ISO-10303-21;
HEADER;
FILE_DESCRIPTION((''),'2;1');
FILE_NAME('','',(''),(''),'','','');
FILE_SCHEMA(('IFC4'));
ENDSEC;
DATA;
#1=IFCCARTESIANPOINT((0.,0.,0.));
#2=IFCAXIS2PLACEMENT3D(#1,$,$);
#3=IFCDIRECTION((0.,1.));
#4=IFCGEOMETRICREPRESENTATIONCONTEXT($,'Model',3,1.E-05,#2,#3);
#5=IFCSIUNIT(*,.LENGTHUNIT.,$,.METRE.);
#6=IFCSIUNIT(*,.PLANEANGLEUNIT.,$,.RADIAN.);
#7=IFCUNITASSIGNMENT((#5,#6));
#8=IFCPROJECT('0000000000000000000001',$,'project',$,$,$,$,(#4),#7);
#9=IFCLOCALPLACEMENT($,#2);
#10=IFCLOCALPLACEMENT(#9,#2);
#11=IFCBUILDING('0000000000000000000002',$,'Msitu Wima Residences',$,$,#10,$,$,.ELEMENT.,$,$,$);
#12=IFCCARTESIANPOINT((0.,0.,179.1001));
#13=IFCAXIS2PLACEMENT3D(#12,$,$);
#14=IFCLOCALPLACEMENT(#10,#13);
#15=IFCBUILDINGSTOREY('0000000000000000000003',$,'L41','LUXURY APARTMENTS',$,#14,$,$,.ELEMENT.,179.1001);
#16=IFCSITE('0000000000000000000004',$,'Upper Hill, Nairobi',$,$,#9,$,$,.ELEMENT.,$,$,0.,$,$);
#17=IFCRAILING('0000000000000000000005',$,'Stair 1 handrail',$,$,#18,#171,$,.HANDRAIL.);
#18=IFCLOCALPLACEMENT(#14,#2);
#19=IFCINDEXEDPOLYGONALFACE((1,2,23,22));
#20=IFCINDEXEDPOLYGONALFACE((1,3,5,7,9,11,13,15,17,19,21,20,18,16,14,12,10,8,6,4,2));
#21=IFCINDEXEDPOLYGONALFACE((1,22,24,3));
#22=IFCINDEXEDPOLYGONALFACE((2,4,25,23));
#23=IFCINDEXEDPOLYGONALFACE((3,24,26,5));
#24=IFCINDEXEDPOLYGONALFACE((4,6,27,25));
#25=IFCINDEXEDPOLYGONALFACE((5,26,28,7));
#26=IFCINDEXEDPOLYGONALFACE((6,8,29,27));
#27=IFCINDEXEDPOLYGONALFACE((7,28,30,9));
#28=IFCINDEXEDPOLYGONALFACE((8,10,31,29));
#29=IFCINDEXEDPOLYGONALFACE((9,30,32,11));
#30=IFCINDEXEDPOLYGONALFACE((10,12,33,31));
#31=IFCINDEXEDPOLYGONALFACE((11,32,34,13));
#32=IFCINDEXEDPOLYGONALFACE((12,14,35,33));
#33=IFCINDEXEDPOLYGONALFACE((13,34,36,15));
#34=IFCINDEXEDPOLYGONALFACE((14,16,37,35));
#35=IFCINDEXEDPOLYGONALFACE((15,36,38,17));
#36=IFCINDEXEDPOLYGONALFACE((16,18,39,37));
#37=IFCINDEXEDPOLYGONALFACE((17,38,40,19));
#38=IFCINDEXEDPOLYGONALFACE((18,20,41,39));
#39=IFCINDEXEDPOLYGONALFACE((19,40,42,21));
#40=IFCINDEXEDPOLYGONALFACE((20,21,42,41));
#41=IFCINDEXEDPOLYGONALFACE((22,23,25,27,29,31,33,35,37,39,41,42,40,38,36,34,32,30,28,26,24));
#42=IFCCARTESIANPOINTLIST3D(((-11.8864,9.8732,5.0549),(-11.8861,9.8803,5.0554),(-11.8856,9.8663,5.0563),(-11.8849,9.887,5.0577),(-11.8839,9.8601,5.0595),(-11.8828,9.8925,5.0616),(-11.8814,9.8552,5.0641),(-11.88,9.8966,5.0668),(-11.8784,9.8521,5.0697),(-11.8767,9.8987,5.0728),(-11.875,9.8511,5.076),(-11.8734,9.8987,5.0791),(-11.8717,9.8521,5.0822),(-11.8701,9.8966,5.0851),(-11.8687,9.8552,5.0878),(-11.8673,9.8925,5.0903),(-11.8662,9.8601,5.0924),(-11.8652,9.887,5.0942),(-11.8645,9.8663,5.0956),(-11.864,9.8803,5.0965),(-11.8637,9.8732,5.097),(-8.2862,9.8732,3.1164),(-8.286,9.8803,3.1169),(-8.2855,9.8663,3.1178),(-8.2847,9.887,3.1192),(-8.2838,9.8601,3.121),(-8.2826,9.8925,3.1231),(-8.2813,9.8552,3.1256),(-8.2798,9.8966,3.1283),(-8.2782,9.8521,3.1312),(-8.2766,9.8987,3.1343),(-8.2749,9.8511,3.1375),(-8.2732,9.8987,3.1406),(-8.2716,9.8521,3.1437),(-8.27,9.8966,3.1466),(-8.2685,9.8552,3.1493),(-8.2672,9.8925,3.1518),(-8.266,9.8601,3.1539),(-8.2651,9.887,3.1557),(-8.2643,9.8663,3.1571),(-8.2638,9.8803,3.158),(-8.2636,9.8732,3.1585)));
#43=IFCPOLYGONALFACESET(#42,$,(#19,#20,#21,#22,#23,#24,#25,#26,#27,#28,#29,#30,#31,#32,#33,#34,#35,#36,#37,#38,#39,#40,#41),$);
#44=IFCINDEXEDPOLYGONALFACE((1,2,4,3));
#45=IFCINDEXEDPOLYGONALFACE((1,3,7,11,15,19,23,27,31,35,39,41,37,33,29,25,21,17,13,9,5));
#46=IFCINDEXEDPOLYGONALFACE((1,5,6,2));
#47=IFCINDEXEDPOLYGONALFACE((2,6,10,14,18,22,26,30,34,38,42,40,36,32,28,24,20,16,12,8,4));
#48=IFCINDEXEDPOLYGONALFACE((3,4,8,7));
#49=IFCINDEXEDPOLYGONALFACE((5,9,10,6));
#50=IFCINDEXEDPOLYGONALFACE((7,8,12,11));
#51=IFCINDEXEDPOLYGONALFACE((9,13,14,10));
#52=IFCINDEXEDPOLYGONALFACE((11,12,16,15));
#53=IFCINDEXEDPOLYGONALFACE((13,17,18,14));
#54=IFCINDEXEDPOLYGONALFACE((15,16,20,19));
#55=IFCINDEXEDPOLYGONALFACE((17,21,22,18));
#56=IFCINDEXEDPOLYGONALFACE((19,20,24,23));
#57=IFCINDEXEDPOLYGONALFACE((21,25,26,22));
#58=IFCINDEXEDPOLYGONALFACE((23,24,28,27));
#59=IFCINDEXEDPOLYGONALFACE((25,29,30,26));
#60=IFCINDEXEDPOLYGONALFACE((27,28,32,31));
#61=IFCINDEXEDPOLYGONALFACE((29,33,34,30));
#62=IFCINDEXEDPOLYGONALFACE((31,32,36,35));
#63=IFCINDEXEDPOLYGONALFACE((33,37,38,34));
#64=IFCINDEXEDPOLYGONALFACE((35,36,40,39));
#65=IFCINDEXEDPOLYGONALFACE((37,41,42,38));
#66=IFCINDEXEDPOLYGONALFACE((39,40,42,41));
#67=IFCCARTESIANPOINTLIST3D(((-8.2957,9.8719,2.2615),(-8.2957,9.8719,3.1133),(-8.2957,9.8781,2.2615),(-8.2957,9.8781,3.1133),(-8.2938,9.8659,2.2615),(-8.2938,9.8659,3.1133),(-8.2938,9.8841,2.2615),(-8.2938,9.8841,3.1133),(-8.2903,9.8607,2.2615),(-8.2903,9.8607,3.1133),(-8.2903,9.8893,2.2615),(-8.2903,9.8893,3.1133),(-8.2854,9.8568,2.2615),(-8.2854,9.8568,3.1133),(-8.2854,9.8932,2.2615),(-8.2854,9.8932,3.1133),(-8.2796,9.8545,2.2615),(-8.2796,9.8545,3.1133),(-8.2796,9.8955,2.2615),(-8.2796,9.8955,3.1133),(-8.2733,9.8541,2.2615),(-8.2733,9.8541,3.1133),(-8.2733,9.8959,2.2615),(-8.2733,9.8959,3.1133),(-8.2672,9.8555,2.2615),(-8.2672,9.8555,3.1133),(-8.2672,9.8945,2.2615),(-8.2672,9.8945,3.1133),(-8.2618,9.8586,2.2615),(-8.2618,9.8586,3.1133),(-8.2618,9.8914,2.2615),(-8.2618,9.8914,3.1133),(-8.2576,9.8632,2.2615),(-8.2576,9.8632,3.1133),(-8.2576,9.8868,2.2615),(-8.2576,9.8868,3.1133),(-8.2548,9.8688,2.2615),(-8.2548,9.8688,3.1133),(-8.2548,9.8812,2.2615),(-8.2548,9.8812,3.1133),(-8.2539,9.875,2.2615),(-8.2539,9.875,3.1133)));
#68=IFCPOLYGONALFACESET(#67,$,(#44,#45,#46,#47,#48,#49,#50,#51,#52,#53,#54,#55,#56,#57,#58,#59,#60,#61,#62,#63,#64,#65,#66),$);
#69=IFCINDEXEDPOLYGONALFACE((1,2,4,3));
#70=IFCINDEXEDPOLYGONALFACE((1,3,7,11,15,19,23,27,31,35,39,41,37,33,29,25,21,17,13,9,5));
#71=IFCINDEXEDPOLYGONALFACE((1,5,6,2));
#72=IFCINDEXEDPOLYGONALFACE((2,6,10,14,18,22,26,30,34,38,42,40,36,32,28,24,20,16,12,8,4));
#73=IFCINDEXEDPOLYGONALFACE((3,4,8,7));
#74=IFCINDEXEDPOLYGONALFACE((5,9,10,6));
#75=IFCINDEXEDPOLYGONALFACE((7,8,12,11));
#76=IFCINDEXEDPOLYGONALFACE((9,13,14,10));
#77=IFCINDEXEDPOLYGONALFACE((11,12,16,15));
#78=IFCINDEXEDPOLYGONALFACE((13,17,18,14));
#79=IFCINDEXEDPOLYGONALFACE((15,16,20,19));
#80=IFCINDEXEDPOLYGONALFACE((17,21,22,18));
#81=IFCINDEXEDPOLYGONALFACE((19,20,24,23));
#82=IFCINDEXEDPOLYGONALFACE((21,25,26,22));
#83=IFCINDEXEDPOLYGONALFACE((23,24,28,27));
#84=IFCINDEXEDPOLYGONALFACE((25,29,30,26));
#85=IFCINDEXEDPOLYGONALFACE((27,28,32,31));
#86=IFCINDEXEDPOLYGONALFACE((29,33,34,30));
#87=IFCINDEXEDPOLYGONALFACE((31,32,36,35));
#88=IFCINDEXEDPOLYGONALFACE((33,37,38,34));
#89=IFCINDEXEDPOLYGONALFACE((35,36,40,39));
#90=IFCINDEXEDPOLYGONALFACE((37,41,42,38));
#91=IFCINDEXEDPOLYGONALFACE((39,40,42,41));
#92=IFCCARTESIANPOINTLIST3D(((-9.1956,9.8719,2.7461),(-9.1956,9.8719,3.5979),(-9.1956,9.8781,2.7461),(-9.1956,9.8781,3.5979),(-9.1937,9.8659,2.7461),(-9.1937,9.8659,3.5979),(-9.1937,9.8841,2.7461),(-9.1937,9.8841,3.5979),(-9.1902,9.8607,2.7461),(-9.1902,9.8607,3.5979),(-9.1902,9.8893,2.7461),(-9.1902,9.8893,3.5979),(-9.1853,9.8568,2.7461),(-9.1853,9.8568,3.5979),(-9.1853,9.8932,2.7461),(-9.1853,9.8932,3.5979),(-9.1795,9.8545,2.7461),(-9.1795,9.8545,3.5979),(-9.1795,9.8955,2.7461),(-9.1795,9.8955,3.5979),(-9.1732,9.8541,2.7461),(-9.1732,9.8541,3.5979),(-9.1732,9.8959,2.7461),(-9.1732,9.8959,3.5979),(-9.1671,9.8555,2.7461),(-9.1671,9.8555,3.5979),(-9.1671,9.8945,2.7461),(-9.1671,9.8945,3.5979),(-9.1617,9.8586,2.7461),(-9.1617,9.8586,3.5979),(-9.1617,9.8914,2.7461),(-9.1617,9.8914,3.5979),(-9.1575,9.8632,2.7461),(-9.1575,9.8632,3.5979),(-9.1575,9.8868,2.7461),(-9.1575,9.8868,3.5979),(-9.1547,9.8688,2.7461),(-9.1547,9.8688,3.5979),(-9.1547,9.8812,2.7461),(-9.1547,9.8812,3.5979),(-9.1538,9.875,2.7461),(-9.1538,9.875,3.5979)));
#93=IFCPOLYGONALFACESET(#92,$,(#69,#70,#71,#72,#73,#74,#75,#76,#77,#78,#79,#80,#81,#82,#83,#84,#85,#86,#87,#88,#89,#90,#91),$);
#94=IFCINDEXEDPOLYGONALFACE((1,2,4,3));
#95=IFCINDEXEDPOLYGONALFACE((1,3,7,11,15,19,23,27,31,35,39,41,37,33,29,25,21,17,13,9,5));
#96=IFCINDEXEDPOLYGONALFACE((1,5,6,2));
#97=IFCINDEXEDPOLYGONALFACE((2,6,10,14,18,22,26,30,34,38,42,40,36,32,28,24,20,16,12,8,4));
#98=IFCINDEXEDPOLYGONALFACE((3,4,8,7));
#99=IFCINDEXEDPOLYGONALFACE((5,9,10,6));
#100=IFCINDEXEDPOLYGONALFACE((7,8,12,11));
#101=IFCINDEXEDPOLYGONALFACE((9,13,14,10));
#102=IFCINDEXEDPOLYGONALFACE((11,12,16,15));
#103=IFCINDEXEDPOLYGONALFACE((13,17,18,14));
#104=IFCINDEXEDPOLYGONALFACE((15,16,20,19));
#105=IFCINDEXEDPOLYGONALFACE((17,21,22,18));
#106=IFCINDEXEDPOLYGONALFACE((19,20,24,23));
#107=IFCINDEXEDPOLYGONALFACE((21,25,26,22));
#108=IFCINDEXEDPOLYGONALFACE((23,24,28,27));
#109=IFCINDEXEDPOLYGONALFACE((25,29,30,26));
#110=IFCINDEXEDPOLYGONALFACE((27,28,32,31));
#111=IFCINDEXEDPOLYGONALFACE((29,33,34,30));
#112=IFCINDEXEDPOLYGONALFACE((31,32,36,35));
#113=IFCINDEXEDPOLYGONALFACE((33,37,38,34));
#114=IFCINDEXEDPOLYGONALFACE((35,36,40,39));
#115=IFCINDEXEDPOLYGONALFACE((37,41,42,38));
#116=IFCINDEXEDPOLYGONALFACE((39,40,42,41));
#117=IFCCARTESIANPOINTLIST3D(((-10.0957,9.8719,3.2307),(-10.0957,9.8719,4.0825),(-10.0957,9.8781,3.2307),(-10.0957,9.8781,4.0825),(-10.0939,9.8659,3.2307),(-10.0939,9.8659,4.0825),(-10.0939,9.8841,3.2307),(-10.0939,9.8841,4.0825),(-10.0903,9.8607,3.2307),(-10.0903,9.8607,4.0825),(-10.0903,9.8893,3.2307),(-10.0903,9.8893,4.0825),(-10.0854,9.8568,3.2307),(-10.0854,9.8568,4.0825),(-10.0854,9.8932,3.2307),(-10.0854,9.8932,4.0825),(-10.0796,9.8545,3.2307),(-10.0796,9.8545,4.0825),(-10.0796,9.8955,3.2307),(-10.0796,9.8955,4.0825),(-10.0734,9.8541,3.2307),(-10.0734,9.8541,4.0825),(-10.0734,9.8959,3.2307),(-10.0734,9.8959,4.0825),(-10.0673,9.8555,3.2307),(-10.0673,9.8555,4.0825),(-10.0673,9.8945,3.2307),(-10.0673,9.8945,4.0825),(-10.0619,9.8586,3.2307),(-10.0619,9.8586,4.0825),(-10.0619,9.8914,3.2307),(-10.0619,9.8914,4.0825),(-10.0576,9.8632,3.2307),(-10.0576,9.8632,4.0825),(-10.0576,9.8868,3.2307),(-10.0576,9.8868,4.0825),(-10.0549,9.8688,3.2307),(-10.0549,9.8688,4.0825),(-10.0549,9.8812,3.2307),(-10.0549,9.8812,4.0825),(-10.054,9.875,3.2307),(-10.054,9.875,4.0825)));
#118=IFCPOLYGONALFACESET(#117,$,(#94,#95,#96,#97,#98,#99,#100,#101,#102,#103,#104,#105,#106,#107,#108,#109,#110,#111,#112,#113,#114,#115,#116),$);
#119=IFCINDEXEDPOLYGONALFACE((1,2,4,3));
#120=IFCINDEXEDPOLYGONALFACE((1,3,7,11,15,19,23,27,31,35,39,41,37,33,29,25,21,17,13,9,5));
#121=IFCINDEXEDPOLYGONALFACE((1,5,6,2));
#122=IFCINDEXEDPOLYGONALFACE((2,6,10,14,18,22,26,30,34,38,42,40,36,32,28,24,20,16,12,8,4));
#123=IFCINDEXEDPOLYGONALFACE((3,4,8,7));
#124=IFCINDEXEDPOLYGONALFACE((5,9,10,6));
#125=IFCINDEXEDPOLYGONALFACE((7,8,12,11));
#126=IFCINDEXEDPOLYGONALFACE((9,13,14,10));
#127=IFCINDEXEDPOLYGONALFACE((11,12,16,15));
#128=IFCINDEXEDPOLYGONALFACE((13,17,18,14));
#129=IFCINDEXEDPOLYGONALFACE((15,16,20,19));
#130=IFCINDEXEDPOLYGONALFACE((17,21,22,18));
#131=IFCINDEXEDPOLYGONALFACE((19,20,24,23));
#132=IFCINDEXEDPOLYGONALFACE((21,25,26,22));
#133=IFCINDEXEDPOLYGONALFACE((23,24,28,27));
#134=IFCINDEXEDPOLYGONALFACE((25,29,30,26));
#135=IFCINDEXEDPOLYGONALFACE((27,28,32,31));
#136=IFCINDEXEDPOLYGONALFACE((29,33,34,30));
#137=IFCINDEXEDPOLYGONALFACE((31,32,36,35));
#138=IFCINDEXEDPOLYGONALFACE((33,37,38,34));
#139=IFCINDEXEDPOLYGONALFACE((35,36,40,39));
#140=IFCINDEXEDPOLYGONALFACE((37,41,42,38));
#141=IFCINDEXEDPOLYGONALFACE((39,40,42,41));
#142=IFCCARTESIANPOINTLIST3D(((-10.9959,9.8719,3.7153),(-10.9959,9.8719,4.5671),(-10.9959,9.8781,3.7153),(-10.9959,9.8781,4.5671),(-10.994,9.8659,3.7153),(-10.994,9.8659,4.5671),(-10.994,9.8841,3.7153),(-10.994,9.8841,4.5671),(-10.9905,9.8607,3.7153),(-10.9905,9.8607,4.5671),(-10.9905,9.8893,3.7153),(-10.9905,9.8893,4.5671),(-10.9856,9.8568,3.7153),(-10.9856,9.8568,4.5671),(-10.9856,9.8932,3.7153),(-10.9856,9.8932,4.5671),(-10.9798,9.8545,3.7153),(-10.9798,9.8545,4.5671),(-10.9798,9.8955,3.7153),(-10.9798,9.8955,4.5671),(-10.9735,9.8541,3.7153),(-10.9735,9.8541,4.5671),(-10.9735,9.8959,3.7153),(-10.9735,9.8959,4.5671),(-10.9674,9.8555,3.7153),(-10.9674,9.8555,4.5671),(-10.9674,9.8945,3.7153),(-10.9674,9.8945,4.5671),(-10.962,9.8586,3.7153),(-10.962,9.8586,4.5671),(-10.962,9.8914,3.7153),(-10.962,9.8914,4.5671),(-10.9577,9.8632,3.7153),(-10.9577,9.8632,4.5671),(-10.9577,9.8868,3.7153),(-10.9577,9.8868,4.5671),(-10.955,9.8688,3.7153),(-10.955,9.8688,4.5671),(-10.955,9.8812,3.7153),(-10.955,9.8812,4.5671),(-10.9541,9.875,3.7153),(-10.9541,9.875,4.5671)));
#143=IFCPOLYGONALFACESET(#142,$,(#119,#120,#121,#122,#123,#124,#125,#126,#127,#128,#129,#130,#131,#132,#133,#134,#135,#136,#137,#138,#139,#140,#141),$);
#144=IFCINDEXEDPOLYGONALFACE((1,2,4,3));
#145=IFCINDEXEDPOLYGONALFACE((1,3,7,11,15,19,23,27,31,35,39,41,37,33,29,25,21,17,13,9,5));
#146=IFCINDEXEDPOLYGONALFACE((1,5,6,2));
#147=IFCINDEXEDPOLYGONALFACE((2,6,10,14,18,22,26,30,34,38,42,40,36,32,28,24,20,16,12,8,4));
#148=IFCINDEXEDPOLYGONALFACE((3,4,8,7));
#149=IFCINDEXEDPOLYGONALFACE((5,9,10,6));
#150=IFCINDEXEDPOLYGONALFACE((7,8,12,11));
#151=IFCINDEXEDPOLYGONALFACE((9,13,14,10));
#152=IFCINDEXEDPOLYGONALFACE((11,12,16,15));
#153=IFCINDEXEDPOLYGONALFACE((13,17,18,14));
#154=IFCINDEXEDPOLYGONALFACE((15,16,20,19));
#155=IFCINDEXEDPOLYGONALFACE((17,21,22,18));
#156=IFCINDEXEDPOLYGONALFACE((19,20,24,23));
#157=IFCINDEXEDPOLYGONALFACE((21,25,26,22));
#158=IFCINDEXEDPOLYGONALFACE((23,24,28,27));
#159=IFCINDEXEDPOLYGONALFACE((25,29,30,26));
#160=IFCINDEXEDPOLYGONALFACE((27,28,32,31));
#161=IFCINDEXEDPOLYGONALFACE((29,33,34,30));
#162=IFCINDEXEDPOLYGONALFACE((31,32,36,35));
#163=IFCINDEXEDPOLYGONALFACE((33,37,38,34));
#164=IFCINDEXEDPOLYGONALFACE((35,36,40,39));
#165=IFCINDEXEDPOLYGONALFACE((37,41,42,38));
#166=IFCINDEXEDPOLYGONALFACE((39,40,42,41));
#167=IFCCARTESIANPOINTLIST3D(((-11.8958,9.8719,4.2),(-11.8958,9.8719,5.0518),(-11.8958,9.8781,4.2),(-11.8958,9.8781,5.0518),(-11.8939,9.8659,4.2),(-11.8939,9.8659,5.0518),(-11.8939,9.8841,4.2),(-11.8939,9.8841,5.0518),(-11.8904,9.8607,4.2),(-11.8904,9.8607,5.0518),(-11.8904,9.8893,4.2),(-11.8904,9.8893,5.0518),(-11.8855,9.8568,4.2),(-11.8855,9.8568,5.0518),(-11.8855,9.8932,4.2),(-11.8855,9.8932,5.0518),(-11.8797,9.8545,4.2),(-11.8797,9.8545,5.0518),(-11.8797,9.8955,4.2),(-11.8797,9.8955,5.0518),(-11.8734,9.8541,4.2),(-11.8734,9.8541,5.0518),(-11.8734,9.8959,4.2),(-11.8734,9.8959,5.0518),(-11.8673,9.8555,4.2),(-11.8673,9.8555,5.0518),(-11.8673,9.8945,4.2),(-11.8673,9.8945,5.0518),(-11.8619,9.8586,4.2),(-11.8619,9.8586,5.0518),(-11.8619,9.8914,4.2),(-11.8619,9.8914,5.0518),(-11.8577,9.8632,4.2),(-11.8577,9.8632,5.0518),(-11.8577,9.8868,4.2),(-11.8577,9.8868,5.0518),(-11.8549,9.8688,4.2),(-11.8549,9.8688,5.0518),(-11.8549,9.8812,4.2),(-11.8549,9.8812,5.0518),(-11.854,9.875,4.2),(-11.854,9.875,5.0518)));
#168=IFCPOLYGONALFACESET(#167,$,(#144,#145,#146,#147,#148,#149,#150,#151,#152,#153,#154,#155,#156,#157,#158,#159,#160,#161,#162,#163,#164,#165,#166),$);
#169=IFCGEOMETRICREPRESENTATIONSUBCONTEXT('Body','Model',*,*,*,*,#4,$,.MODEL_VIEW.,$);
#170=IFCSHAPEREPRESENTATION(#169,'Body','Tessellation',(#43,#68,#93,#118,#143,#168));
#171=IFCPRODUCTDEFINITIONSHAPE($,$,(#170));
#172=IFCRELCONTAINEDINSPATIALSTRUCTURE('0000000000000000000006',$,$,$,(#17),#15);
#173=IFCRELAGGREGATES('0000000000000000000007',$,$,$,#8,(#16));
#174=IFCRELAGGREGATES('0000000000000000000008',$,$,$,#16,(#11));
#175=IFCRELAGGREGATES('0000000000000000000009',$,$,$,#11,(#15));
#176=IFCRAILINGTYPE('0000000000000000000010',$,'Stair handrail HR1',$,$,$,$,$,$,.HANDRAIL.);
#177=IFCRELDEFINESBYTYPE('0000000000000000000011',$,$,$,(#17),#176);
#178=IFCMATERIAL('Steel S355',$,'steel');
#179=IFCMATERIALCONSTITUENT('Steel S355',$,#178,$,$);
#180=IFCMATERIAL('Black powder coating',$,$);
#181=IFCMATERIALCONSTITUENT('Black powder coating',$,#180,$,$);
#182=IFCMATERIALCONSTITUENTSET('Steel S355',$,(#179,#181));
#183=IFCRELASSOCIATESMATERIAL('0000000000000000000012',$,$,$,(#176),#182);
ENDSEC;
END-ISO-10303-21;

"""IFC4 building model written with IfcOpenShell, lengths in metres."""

from ifc_helpers import new_model, si_unit, direction, frame, origin, origin_2d, place, context, subcontext, project, spatial, circle, extrude, material, constituent, constituent_set, type_object, element, save


model = new_model("IFC4")

# Units and contexts
model_context = context("Model", 3, precision=1e-05, world=origin(), true_north=direction((0.0, 1.0)))
body_context = subcontext(model_context, "Body", "Model", "MODEL_VIEW")
ifc_project = project(units=[si_unit("LENGTHUNIT", "METRE"), si_unit("PLANEANGLEUNIT", "RADIAN")], contexts=[model_context])

# Site, building, storey
site_placement = place(None, origin())
site = spatial("IfcSite", under=ifc_project, at=site_placement, Name="Upper Hill, Nairobi", CompositionType="ELEMENT", RefElevation=0.0)
building_placement = place(site_placement, origin())
building = spatial("IfcBuilding", under=site, at=building_placement, Name="Msitu Wima Residences", CompositionType="ELEMENT")
storey_placement = place(building_placement, frame((0.0, 0.0, 179.1001)))
storey = spatial("IfcBuildingStorey", under=building, at=storey_placement, Name="L41", Description="LUXURY APARTMENTS", CompositionType="ELEMENT", Elevation=179.1001)

# Railing
ifc_material_1 = material(Name="Steel S355", Category="steel")
ifc_constituent_1 = constituent(ifc_material_1, Name="Steel S355")
ifc_material_2 = material(Name="Black powder coating")
ifc_constituent_2 = constituent(ifc_material_2, Name="Black powder coating")
ifc_constituent_set = constituent_set(constituents=[ifc_constituent_1, ifc_constituent_2], Name="Steel S355")
railing_type = type_object("IfcRailingType", Name="Stair handrail HR1", PredefinedType="HANDRAIL", material=ifc_constituent_set)
railing_placement = place(storey_placement, frame((-8.2749, 9.875, 2.2615)))
element("IfcRailing", 1, at=railing_placement, inside=storey, type_object=railing_type, Name="Stair 1 handrail", PredefinedType="HANDRAIL", context=body_context, shape_type="SweptSolid", body=[
    extrude(circle(Radius=0.0239, at=origin_2d()), frame((0.0, 0.0, 0.876), z_axis=(-0.880475, 0.0, 0.474093), x_axis=(0.0, -1.0, 0.0)), (0.0, 0.0, 1.0), 4.0889),
    extrude(circle(Radius=0.021, at=origin_2d()), origin(), (0.0, 0.0, 1.0), 0.8518),
    extrude(circle(Radius=0.021, at=origin_2d()), frame((-0.8999, 0.0, 0.4846)), (0.0, 0.0, 1.0), 0.8518),
    extrude(circle(Radius=0.021, at=origin_2d()), frame((-1.8, 0.0, 0.9692)), (0.0, 0.0, 1.0), 0.8518),
    extrude(circle(Radius=0.021, at=origin_2d()), frame((-2.7002, 0.0, 1.4539)), (0.0, 0.0, 1.0), 0.8518),
    extrude(circle(Radius=0.021, at=origin_2d()), frame((-3.6001, 0.0, 1.9385)), (0.0, 0.0, 1.0), 0.8518),
])

save(model, "model.ifc")
